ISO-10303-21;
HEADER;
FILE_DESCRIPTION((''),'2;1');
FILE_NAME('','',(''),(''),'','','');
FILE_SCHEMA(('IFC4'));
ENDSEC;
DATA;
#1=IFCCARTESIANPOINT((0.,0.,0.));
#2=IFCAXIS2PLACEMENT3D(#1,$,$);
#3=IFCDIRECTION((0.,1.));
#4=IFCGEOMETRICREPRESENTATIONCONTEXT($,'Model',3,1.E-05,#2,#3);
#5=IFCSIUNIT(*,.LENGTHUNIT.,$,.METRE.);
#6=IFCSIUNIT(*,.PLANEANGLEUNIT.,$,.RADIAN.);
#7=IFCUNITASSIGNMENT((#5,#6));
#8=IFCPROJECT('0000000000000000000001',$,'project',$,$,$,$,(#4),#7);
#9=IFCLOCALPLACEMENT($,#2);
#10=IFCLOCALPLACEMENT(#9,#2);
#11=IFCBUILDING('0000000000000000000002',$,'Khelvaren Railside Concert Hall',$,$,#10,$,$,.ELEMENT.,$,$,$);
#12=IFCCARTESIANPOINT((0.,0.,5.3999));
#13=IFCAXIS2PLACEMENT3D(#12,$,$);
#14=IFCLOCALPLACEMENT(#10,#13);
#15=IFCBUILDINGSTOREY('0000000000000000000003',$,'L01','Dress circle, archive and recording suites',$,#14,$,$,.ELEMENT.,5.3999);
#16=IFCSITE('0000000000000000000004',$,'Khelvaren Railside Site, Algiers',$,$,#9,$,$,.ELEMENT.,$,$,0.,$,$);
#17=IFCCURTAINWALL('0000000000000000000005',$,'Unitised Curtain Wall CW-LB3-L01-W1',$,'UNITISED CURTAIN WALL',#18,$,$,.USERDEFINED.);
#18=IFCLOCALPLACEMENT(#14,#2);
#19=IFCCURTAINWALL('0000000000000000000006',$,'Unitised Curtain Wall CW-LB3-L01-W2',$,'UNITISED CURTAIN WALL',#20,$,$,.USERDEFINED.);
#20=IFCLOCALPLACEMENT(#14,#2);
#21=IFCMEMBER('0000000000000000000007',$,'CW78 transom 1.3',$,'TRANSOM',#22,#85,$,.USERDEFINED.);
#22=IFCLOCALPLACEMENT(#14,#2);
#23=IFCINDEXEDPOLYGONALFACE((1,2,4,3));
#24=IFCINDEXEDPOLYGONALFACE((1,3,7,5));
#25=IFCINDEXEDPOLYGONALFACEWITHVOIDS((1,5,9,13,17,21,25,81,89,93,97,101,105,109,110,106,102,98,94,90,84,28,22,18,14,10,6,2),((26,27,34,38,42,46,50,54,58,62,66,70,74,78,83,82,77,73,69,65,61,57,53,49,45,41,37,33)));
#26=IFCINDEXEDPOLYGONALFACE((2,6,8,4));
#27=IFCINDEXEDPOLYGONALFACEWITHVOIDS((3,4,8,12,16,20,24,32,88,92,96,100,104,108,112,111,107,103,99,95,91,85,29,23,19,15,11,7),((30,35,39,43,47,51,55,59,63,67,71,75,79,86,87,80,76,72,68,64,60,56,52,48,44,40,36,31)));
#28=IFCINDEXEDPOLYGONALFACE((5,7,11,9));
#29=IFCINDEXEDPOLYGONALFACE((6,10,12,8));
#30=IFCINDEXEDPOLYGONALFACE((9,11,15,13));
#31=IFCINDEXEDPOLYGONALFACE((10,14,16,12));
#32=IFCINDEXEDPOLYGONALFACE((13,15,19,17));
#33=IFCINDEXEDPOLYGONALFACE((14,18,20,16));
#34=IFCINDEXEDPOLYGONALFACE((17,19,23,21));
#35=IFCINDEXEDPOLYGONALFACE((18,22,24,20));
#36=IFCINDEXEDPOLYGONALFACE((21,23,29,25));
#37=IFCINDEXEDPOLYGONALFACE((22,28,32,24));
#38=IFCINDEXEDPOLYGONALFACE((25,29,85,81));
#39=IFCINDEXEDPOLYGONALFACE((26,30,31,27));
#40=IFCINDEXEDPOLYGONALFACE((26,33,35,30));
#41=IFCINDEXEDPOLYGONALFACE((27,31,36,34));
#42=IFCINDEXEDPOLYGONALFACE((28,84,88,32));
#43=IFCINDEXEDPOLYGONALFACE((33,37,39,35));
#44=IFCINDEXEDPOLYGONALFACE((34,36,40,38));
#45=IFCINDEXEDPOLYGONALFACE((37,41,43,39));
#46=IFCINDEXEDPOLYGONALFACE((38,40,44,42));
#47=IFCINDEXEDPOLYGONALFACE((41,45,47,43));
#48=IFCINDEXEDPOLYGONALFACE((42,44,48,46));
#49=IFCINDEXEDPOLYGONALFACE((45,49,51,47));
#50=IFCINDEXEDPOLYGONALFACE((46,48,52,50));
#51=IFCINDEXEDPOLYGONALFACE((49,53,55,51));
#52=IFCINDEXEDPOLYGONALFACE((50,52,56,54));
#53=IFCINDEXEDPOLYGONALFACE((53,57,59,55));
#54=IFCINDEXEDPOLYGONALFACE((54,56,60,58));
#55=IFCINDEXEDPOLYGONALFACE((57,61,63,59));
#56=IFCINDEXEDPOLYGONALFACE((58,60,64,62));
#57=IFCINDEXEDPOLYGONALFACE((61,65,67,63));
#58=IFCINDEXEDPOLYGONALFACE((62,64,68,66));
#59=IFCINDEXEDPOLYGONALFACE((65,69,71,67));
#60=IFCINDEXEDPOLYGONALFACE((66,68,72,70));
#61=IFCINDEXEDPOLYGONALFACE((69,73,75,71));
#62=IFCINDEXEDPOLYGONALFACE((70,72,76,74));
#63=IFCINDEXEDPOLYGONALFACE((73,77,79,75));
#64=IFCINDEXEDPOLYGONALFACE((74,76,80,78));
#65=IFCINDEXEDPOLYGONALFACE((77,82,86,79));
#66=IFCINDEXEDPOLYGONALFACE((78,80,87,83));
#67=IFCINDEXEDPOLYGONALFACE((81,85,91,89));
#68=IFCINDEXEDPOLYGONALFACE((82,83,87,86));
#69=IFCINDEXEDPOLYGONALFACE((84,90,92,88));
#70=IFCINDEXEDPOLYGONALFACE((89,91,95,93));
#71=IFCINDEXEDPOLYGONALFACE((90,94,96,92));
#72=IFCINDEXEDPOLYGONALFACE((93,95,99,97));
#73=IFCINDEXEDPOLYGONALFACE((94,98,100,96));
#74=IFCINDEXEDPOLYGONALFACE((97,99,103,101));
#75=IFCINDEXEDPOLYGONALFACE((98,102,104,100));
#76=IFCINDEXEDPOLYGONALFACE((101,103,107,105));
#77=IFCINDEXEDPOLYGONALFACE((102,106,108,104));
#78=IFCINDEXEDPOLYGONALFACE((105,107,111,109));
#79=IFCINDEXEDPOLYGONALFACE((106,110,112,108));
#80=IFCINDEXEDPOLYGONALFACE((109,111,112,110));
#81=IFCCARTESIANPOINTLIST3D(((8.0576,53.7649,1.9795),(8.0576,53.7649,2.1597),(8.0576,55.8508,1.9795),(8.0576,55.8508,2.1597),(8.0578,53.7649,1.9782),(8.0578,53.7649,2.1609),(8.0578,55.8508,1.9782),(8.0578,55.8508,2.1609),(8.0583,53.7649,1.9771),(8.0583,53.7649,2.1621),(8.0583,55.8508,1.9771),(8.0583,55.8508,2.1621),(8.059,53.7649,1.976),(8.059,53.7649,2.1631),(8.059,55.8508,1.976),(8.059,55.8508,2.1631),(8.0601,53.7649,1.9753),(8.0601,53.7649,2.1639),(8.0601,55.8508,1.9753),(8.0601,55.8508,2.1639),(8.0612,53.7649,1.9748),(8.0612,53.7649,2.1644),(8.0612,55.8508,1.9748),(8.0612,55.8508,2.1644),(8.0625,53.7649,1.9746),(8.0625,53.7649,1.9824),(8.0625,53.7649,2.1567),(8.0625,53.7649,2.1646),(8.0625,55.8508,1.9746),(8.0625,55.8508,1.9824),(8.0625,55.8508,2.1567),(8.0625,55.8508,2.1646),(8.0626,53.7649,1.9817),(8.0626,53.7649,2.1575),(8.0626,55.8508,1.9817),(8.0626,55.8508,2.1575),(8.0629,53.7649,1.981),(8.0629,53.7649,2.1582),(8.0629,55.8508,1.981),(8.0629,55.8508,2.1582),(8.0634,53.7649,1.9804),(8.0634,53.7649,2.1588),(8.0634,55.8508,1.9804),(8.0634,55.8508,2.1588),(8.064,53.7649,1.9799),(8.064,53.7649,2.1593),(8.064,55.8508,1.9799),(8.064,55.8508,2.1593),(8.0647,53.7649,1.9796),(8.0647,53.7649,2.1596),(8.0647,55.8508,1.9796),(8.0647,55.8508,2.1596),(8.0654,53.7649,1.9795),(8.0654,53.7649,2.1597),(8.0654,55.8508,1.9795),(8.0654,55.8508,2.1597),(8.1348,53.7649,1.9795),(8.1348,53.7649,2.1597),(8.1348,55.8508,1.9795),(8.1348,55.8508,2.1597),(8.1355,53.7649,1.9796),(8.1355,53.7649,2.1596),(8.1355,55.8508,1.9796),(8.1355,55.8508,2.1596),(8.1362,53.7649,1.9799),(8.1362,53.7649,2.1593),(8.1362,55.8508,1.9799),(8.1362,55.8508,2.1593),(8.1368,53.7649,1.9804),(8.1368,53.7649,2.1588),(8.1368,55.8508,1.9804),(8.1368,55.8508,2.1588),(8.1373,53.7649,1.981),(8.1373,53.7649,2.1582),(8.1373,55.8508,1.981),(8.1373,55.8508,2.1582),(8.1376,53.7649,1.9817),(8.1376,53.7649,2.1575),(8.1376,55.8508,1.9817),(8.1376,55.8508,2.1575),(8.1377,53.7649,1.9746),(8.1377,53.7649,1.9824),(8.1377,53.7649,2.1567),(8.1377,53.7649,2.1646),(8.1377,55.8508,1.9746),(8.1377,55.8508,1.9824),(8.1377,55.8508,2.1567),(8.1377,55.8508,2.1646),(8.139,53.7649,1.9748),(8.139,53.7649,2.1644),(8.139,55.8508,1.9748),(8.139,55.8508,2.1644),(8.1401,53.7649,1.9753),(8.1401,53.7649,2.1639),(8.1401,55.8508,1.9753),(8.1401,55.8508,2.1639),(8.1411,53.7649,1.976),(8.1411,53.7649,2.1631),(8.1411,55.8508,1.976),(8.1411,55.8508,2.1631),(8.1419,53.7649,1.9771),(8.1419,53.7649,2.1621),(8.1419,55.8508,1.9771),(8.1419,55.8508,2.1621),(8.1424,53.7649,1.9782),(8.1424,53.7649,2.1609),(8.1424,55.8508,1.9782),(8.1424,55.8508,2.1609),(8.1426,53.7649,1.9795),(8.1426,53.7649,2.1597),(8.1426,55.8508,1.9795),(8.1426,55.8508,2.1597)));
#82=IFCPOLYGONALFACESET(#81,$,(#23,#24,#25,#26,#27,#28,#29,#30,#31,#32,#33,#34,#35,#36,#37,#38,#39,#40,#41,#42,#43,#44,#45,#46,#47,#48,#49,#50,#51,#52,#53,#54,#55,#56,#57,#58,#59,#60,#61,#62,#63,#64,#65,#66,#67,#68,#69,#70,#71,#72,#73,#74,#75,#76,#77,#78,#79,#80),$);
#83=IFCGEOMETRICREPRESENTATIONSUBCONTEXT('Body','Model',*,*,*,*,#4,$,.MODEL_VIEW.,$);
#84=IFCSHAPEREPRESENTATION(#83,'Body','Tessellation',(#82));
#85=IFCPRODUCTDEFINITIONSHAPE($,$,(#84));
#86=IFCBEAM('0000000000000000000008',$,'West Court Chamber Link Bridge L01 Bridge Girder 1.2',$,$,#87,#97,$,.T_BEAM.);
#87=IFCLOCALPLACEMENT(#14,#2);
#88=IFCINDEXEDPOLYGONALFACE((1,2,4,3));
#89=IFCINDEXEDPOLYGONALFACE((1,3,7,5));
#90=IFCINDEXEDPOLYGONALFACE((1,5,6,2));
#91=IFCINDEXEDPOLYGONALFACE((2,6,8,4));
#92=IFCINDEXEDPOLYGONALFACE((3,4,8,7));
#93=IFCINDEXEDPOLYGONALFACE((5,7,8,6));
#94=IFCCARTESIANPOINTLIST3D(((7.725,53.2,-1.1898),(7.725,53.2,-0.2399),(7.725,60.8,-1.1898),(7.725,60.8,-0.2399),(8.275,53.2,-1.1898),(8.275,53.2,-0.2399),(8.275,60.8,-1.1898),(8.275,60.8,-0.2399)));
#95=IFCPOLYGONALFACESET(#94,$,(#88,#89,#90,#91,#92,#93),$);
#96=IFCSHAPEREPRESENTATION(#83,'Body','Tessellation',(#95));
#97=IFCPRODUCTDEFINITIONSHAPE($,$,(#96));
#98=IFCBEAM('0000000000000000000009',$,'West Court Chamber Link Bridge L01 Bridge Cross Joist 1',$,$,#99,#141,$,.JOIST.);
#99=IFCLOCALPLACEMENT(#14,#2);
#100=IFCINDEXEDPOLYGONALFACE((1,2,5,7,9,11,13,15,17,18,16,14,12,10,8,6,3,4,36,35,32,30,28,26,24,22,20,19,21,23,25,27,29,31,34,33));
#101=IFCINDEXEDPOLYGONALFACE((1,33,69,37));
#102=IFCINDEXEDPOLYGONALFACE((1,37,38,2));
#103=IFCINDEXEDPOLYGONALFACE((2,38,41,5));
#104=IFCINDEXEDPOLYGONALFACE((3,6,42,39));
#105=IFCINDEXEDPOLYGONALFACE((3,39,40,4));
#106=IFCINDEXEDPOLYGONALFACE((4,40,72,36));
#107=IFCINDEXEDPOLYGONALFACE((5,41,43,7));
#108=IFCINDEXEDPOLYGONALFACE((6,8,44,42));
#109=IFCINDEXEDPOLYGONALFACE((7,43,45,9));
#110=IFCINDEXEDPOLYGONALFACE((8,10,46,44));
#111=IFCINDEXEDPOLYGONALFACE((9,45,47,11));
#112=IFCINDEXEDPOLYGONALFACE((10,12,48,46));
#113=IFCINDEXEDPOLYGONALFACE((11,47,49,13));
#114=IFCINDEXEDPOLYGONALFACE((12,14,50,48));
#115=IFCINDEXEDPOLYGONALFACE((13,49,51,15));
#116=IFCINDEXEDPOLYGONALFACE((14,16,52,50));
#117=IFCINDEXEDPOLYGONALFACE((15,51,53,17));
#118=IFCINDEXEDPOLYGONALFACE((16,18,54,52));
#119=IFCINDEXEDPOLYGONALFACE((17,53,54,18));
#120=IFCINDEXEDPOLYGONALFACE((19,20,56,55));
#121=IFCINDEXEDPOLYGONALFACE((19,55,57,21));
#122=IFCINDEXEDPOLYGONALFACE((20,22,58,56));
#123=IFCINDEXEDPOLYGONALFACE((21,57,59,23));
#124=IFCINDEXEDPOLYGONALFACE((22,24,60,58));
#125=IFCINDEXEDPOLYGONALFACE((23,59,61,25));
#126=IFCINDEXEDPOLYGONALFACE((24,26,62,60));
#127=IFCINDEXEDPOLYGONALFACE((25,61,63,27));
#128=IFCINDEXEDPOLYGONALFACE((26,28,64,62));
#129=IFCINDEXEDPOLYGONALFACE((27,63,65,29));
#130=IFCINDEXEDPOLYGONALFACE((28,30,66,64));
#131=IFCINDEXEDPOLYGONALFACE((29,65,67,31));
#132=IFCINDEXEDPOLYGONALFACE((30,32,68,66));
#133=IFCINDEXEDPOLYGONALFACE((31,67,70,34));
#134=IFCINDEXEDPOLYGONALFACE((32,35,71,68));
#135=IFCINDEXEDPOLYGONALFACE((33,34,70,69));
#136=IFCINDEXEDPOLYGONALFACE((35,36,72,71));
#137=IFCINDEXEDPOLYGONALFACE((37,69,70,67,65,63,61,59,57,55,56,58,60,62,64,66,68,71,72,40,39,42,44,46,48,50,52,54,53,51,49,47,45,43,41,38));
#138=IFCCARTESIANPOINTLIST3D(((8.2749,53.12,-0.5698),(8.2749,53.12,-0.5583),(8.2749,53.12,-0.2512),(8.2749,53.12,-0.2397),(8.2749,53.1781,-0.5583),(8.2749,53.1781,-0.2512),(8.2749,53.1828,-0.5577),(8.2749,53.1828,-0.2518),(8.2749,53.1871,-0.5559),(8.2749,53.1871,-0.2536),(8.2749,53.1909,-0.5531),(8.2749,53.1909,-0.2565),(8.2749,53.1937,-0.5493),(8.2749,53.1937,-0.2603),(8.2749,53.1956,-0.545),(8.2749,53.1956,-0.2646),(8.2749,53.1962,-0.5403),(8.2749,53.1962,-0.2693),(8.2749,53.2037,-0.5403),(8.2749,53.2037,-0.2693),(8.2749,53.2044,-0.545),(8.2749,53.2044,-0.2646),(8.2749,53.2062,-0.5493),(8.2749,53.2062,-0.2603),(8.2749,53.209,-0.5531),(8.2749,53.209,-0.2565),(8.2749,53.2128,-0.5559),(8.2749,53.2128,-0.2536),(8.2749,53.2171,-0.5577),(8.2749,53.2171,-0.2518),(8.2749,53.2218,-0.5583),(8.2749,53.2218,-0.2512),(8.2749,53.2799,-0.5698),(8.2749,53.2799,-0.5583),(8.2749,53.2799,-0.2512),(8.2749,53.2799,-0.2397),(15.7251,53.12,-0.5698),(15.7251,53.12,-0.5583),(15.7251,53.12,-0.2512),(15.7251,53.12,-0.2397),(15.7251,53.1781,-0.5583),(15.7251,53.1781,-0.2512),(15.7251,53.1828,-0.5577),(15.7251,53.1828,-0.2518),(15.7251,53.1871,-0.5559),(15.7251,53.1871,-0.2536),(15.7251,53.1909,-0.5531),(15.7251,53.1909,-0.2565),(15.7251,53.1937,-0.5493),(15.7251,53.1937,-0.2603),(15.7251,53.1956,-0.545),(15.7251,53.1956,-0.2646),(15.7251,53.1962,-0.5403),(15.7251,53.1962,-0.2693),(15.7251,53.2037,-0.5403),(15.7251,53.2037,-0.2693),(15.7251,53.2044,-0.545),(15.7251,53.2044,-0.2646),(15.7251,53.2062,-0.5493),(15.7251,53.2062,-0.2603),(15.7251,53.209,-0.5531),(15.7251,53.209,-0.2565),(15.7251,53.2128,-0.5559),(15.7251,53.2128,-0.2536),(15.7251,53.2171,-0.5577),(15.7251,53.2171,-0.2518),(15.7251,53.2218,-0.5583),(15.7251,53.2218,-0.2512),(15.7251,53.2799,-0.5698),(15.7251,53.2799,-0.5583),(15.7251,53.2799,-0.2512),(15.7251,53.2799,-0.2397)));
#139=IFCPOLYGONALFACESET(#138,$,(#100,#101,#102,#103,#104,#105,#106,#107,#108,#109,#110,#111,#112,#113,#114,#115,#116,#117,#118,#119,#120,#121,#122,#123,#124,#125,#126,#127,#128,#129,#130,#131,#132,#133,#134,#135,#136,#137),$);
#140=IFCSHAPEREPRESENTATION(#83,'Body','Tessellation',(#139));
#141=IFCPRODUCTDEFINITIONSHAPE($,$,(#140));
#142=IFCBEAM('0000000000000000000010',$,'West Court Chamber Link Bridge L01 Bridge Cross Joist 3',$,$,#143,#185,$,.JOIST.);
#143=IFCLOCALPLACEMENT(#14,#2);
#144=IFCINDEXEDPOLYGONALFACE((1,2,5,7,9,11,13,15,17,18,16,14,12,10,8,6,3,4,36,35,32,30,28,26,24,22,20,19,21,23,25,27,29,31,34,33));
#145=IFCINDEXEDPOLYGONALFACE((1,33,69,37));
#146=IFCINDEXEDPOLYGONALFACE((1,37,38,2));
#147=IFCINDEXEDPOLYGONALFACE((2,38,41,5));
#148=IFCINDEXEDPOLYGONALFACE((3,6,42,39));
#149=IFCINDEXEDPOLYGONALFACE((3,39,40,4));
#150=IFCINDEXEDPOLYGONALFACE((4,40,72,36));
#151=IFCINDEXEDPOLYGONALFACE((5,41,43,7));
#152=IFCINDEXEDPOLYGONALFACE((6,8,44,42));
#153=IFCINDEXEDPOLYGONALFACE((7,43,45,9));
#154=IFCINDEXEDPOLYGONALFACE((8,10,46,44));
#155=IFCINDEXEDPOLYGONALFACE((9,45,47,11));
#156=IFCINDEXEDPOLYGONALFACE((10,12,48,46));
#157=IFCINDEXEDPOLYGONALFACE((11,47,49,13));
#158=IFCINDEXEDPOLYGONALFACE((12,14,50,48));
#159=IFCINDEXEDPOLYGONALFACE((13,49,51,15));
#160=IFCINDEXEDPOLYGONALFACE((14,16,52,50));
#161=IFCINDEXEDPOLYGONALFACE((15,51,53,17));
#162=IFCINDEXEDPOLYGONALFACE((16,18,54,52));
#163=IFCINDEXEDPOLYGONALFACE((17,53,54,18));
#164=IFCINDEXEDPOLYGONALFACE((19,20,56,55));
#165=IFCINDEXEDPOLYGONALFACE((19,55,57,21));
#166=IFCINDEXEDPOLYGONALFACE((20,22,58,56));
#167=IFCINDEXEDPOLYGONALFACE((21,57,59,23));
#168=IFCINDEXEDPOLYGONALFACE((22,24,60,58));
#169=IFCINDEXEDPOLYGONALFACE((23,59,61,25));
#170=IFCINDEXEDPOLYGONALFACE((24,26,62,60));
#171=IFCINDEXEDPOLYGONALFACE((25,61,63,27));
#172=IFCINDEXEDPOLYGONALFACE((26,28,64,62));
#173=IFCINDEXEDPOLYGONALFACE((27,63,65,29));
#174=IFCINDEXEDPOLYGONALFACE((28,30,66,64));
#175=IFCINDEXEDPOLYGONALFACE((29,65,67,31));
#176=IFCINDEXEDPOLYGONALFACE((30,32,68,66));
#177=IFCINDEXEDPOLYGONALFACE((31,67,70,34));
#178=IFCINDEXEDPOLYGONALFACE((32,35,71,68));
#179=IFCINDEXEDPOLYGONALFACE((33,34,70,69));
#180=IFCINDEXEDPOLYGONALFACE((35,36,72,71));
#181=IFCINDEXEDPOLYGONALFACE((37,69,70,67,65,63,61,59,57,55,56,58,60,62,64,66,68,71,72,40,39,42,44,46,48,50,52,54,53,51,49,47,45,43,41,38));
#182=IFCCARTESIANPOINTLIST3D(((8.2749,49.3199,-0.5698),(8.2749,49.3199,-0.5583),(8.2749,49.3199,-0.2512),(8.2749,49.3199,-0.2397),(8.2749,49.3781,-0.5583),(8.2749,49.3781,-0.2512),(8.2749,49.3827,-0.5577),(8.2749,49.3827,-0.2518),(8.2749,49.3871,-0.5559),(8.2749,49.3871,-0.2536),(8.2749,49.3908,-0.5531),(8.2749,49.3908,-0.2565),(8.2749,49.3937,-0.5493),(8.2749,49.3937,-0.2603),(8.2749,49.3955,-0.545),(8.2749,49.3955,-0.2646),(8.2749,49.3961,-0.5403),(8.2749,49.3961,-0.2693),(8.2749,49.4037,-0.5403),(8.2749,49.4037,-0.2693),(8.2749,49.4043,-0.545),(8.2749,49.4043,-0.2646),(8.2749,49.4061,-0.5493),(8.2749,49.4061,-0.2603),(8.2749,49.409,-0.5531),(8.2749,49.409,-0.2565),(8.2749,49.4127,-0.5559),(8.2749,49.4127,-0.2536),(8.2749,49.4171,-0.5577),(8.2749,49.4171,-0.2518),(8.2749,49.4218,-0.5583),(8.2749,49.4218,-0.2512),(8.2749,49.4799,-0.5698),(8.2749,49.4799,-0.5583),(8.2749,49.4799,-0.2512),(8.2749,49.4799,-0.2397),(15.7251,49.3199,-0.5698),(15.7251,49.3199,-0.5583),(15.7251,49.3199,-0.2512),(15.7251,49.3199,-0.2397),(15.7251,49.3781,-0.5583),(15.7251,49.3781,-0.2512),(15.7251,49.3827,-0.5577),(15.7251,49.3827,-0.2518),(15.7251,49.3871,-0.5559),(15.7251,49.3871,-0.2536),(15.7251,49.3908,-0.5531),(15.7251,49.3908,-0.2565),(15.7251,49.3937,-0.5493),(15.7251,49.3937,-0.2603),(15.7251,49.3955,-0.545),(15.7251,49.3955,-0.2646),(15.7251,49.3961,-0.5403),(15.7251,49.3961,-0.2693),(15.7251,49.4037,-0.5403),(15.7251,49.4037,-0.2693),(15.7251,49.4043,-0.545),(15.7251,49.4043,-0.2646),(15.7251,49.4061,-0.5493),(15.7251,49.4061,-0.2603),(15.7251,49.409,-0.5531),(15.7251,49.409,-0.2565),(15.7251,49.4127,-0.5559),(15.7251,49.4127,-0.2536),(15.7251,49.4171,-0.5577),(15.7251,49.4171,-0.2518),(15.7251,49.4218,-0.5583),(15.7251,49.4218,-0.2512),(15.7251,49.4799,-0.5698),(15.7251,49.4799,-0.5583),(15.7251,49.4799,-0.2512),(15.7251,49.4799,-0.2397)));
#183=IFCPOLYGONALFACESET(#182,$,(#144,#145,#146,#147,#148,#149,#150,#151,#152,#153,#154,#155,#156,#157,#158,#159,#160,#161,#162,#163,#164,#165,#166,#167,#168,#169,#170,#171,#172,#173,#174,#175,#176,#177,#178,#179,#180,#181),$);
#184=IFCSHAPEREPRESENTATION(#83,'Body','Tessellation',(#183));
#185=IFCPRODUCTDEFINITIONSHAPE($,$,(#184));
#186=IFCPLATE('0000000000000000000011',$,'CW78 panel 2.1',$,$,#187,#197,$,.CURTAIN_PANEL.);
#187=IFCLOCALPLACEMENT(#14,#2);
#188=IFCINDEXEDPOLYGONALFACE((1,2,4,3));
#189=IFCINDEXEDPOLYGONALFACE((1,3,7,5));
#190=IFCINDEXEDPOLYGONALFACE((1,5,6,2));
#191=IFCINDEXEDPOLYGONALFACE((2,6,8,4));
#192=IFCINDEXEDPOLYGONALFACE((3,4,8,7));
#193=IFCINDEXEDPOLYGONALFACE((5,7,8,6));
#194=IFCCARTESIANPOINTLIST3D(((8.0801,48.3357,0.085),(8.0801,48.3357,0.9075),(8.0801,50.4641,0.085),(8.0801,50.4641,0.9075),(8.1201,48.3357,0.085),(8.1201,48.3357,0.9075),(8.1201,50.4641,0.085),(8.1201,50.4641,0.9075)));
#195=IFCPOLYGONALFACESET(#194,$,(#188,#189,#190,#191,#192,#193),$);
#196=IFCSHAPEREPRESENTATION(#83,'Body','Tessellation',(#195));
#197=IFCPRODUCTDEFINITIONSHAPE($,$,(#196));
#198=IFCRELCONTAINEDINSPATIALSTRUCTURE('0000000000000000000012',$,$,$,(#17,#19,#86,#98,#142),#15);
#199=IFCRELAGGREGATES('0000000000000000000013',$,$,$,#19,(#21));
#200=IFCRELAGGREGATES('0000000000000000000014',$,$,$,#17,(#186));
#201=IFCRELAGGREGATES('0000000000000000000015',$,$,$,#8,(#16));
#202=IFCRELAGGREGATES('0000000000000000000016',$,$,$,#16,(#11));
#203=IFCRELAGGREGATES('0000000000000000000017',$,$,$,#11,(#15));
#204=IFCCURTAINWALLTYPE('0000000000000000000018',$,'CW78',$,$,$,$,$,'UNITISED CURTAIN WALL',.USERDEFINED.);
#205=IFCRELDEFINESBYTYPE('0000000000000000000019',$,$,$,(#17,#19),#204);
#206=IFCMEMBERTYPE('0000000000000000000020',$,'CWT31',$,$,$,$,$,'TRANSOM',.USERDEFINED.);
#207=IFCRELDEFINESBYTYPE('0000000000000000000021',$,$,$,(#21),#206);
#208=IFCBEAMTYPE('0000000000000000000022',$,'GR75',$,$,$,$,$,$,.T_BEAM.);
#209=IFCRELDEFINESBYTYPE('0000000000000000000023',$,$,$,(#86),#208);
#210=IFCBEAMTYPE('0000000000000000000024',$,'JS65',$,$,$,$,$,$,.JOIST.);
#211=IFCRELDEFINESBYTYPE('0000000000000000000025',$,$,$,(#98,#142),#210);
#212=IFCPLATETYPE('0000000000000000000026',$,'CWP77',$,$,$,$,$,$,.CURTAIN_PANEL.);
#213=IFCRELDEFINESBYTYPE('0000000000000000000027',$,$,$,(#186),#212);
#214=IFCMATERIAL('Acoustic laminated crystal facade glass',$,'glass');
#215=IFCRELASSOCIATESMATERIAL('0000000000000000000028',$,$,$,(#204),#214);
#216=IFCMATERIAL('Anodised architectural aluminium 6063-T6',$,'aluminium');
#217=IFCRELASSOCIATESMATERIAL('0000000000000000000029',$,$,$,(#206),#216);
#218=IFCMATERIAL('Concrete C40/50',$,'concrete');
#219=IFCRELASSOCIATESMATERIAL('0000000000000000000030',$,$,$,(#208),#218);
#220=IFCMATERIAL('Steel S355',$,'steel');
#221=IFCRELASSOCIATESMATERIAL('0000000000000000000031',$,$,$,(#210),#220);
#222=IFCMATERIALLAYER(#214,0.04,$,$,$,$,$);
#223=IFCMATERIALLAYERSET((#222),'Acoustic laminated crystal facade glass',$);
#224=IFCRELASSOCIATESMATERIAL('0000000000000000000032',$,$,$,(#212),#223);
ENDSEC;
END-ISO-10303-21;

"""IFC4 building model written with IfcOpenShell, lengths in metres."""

from ifc_helpers import new_model, si_unit, direction, frame, origin, origin_2d, place, context, subcontext, project, spatial, rectangle, hollow_rectangle, i_section, extrude, material, layer, layer_set, material_profile, profile_set, type_object, element, aggregate, save


model = new_model("IFC4")

# Units and contexts
model_context = context("Model", 3, precision=1e-05, world=origin(), true_north=direction((0.0, 1.0)))
body_context = subcontext(model_context, "Body", "Model", "MODEL_VIEW")
ifc_project = project(units=[si_unit("LENGTHUNIT", "METRE"), si_unit("PLANEANGLEUNIT", "RADIAN")], contexts=[model_context])

# Site, building, storey
site_placement = place(None, origin())
site = spatial("IfcSite", under=ifc_project, at=site_placement, Name="Khelvaren Railside Site, Algiers", CompositionType="ELEMENT", RefElevation=0.0)
building_placement = place(site_placement, origin())
building = spatial("IfcBuilding", under=site, at=building_placement, Name="Khelvaren Railside Concert Hall", CompositionType="ELEMENT")
storey_placement = place(building_placement, frame((0.0, 0.0, 5.3999)))
storey = spatial("IfcBuildingStorey", under=building, at=storey_placement, Name="L01", Description="Dress circle, archive and recording suites", CompositionType="ELEMENT", Elevation=5.3999)

# Shared definitions
ifc_material_1 = material(Name="Steel S355", Category="steel")

# Curtain wall
ifc_material_2 = material(Name="Acoustic laminated crystal facade glass", Category="glass")
curtain_wall_type = type_object("IfcCurtainWallType", Name="CW78", ElementType="UNITISED CURTAIN WALL", PredefinedType="USERDEFINED", material=ifc_material_2)
curtain_wall_1_placement = place(storey_placement, origin())
curtain_wall_1 = element("IfcCurtainWall", 1, at=curtain_wall_1_placement, inside=storey, type_object=curtain_wall_type, Name="Unitised Curtain Wall CW-LB3-L01-W1", ObjectType="UNITISED CURTAIN WALL", PredefinedType="USERDEFINED")
ifc_material_3 = material(Name="Anodised architectural aluminium 6063-T6", Category="aluminium")

# Curtain wall
curtain_wall_2_placement = place(storey_placement, origin())
curtain_wall_2 = element("IfcCurtainWall", 2, at=curtain_wall_2_placement, inside=storey, type_object=curtain_wall_type, Name="Unitised Curtain Wall CW-LB3-L01-W2", ObjectType="UNITISED CURTAIN WALL", PredefinedType="USERDEFINED")

# Member
ifc_material_profile_1 = material_profile(ifc_material_3, hollow_rectangle(XDim=0.085, YDim=0.1899, WallThickness=0.0049, InnerFilletRadius=0.0029, OuterFilletRadius=0.0049, at=origin_2d()), Name="CWT 85x190x5")
ifc_profile_set_1 = profile_set([ifc_material_profile_1], Name="Anodised architectural aluminium 6063-T6")
member_type_1 = type_object("IfcMemberType", Name="CWT31", ElementType="TRANSOM", PredefinedType="USERDEFINED", material=ifc_profile_set_1)
member_1_placement = place(storey_placement, frame((8.1001, 53.7649, 2.0696), z_axis=(0.0, 1.0, 0.0), x_axis=(-1.0, 0.0, 0.0)))
member_1 = element("IfcMember", 3, at=member_1_placement, type_object=member_type_1, Name="CW78 transom 1.3", ObjectType="TRANSOM", PredefinedType="USERDEFINED", context=body_context, shape_type="SweptSolid", body=[
    extrude(hollow_rectangle(XDim=0.085, YDim=0.1899, WallThickness=0.0049, InnerFilletRadius=0.0029, OuterFilletRadius=0.0049, at=origin_2d()), origin(), (0.0, 0.0, 1.0), 2.0859),
])
aggregate(curtain_wall_2, [member_1])

# Beams
ifc_material_4 = material(Name="Concrete C40/50", Category="concrete")
ifc_material_profile_2 = material_profile(ifc_material_4, rectangle(XDim=0.55, YDim=0.95, at=origin_2d()), Name="RCB 550x950")
ifc_profile_set_2 = profile_set([ifc_material_profile_2], Name="Concrete C40/50")
beam_type_1 = type_object("IfcBeamType", Name="GR75", PredefinedType="T_BEAM", material=ifc_profile_set_2)
beam_placement = place(storey_placement, frame((8.0, 53.2, -0.7148), z_axis=(0.0, 1.0, 0.0), x_axis=(-1.0, 0.0, 0.0)))
element("IfcBeam", 4, at=beam_placement, inside=storey, type_object=beam_type_1, Name="West Court Chamber Link Bridge L01 Bridge Girder 1.2", PredefinedType="T_BEAM", context=body_context, shape_type="SweptSolid", body=[
    extrude(rectangle(XDim=0.55, YDim=0.95, at=origin_2d()), origin(), (0.0, 0.0, 1.0), 7.6001),
])
ifc_material_profile_3 = material_profile(ifc_material_1, i_section(OverallWidth=0.1599, OverallDepth=0.3301, WebThickness=0.0076, FlangeThickness=0.0115, FilletRadius=0.0181, at=origin_2d()), Name="IPE 330")
ifc_profile_set_3 = profile_set([ifc_material_profile_3], Name="Steel S355")
beam_type_2 = type_object("IfcBeamType", Name="JS65", PredefinedType="JOIST", material=ifc_profile_set_3)
for number, where, z_axis, x_axis, name in (
    (5, (8.2749, 53.2, -0.4048), (1.0, 0.0, 0.0), (0.0, 1.0, 0.0), "West Court Chamber Link Bridge L01 Bridge Cross Joist 1"),
    (6, (8.2749, 49.3999, -0.4048), (1.0, 0.0, 0.0), (0.0, 1.0, 0.0), "West Court Chamber Link Bridge L01 Bridge Cross Joist 3"),
):
    element("IfcBeam", number, at=place(storey_placement, frame(where, z_axis=z_axis, x_axis=x_axis)), inside=storey, type_object=beam_type_2, Name=name, PredefinedType="JOIST", context=body_context, shape_type="SweptSolid", body=[
        extrude(i_section(OverallWidth=0.1599, OverallDepth=0.3301, WebThickness=0.0076, FlangeThickness=0.0115, FilletRadius=0.0181, at=origin_2d()), origin(), (0.0, 0.0, 1.0), 7.4502),
    ])

# Plate
ifc_layer = layer(ifc_material_2, 0.04)
ifc_layer_set = layer_set([ifc_layer], Name="Acoustic laminated crystal facade glass")
plate_type = type_object("IfcPlateType", Name="CWP77", PredefinedType="CURTAIN_PANEL", material=ifc_layer_set)
plate_1_placement = place(storey_placement, frame((8.1001, 49.3999, 0.085), z_axis=(0.0, 0.0, 1.0), x_axis=(0.0, 1.0, 0.0)))
plate_1 = element("IfcPlate", 7, at=plate_1_placement, type_object=plate_type, Name="CW78 panel 2.1", PredefinedType="CURTAIN_PANEL", context=body_context, shape_type="SweptSolid", body=[
    extrude(rectangle(XDim=2.1284, YDim=0.04, at=origin_2d()), origin(), (0.0, 0.0, 1.0), 0.8225),
])
aggregate(curtain_wall_1, [plate_1])

save(model, "model.ifc")
